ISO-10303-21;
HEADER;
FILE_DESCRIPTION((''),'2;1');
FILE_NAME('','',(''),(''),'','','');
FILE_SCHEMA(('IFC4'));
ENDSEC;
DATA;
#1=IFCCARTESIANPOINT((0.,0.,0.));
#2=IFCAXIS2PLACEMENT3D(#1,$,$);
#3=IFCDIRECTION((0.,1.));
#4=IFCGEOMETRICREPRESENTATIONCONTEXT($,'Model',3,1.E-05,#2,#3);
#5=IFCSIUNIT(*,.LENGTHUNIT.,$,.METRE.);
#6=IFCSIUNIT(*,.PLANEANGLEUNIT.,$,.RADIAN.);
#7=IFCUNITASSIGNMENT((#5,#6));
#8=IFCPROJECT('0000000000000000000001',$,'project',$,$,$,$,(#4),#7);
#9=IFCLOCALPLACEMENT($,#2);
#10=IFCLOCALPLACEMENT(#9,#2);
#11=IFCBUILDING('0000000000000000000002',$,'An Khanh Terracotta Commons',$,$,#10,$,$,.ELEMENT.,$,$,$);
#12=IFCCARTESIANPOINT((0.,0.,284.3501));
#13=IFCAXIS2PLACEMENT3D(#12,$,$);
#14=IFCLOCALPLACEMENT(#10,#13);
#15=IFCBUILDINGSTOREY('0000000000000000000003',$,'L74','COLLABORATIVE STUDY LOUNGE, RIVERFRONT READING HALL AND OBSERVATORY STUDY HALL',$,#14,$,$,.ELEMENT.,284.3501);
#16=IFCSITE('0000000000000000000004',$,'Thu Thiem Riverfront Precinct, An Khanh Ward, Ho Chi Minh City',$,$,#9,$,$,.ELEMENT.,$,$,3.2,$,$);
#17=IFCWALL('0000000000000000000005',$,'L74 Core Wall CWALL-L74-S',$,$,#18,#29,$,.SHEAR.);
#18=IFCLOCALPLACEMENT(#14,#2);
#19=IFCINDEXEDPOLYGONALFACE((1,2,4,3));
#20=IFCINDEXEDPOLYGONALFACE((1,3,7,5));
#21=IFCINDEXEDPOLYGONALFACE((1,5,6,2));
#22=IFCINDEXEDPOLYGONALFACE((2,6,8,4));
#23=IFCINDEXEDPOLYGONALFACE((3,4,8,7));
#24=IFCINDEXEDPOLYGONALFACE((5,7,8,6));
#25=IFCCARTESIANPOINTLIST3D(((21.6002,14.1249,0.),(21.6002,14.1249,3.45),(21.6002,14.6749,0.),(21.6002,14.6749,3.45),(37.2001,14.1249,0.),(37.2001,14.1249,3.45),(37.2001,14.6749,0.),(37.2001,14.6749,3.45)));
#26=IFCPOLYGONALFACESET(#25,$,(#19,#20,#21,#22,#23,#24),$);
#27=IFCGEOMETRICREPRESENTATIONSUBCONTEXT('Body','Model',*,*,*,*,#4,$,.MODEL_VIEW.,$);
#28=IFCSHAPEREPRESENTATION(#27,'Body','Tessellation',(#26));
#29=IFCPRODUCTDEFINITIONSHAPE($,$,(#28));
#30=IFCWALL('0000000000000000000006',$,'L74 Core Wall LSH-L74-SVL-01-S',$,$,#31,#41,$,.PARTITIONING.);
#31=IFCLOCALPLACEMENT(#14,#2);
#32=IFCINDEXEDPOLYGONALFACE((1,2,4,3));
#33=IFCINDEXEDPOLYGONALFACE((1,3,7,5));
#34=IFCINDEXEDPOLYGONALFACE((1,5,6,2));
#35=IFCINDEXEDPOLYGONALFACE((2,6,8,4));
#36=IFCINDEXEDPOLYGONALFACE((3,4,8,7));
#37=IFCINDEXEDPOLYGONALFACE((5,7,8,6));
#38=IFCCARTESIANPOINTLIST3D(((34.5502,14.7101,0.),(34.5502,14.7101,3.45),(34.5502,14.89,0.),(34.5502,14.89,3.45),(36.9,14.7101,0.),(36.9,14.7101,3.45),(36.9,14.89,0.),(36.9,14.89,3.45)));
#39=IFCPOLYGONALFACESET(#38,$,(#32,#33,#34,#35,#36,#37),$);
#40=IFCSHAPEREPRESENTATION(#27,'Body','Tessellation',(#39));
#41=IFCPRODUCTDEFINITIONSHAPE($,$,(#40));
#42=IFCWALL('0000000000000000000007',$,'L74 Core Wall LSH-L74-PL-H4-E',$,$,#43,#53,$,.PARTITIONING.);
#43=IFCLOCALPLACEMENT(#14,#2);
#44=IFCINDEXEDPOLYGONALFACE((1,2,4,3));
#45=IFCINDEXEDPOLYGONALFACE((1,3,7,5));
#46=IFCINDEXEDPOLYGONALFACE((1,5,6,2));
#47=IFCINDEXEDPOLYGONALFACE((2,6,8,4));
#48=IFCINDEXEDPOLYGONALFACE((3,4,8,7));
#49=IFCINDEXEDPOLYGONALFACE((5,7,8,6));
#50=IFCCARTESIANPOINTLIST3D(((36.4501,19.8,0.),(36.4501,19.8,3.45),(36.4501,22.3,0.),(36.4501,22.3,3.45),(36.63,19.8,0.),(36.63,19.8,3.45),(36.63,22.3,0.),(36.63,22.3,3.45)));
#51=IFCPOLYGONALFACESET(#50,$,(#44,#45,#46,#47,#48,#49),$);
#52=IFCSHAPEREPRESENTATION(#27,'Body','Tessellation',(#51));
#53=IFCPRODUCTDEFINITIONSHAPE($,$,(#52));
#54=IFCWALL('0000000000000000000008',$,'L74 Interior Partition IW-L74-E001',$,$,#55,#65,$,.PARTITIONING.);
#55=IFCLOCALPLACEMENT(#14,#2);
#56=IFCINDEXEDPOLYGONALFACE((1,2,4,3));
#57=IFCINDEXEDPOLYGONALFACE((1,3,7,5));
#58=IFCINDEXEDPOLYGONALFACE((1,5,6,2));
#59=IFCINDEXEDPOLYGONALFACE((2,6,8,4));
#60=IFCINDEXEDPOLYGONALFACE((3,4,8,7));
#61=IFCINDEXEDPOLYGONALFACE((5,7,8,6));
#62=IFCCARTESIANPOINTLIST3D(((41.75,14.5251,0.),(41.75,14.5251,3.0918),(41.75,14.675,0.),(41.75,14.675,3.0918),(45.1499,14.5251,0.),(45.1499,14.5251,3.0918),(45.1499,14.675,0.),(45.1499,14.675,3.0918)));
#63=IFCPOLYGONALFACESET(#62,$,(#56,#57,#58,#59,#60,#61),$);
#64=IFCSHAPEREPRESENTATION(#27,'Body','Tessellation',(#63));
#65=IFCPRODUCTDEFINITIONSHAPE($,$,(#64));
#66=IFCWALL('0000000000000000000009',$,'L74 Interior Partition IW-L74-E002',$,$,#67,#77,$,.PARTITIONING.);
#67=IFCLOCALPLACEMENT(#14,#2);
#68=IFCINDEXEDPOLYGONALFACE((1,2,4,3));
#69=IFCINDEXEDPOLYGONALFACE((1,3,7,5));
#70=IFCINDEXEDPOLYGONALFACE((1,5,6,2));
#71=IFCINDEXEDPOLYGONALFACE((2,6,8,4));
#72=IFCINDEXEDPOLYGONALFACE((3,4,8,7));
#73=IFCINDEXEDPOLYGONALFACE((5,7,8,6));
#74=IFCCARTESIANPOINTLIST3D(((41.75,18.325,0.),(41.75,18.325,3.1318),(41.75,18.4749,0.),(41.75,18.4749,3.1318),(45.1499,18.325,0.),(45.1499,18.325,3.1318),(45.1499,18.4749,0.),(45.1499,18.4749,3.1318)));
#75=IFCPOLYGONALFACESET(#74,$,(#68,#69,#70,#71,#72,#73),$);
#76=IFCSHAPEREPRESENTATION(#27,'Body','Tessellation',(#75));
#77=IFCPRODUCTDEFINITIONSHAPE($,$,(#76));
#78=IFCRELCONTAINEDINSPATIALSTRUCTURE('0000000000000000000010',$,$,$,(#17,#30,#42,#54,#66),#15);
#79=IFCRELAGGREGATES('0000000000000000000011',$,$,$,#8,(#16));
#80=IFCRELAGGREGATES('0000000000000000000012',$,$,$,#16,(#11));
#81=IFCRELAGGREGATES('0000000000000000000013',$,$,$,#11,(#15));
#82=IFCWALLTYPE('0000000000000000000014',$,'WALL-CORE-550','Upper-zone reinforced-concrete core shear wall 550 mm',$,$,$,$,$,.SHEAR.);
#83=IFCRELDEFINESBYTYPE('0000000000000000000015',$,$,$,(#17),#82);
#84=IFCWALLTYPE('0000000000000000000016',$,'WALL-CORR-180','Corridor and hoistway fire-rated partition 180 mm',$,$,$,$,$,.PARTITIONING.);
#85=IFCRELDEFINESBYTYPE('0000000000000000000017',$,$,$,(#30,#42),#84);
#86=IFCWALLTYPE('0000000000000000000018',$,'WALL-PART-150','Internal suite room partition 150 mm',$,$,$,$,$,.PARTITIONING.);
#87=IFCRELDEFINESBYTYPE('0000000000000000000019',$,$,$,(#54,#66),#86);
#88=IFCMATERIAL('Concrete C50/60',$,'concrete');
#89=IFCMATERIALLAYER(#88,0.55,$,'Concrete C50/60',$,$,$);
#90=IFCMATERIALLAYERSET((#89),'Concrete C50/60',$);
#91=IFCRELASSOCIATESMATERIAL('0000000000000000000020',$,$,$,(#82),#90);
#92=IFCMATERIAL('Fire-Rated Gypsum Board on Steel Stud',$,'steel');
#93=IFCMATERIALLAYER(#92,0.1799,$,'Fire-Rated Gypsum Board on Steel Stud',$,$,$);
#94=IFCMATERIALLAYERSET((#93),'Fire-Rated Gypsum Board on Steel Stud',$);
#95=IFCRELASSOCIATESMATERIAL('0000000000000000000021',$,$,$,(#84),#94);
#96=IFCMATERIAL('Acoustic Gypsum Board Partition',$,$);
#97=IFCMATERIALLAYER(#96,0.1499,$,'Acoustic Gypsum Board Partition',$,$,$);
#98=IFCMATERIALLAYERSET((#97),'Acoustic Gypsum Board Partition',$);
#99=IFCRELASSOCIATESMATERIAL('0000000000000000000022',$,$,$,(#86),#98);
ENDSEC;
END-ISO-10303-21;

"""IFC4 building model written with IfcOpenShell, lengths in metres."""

from ifc_helpers import new_model, si_unit, direction, frame, frame_2d, origin, place, context, subcontext, project, spatial, rectangle, extrude, material, layer, layer_set, type_object, element, save


model = new_model("IFC4")

# Units and contexts
model_context = context("Model", 3, precision=1e-05, world=origin(), true_north=direction((0.0, 1.0)))
body_context = subcontext(model_context, "Body", "Model", "MODEL_VIEW")
ifc_project = project(units=[si_unit("LENGTHUNIT", "METRE"), si_unit("PLANEANGLEUNIT", "RADIAN")], contexts=[model_context])

# Site, building, storey
site_placement = place(None, origin())
site = spatial("IfcSite", under=ifc_project, at=site_placement, Name="Thu Thiem Riverfront Precinct, An Khanh Ward, Ho Chi Minh City", CompositionType="ELEMENT", RefElevation=3.2)
building_placement = place(site_placement, origin())
building = spatial("IfcBuilding", under=site, at=building_placement, Name="An Khanh Terracotta Commons", CompositionType="ELEMENT")
storey_placement = place(building_placement, frame((0.0, 0.0, 284.3501)))
storey = spatial("IfcBuildingStorey", under=building, at=storey_placement, Name="L74", Description="COLLABORATIVE STUDY LOUNGE, RIVERFRONT READING HALL AND OBSERVATORY STUDY HALL", CompositionType="ELEMENT", Elevation=284.3501)

# Shared definitions
ifc_material_1 = material(Name="Concrete C50/60", Category="concrete")

# Wall
ifc_layer_1 = layer(ifc_material_1, 0.55, Name="Concrete C50/60")
ifc_layer_set_1 = layer_set([ifc_layer_1], Name="Concrete C50/60")
wall_type_1 = type_object("IfcWallType", Name="WALL-CORE-550", Description="Upper-zone reinforced-concrete core shear wall 550 mm", PredefinedType="SHEAR", material=ifc_layer_set_1)
wall_1_placement = place(storey_placement, frame((37.2, 14.3999, 0.0), z_axis=(0.0, 0.0, 1.0), x_axis=(-1.0, 0.0, 0.0)))
element("IfcWall", 1, at=wall_1_placement, inside=storey, type_object=wall_type_1, Name="L74 Core Wall CWALL-L74-S", PredefinedType="SHEAR", context=body_context, shape_type="SweptSolid", body=[
    extrude(rectangle(XDim=15.5999, YDim=0.55, at=frame_2d((7.7998, 0.0))), origin(), (0.0, 0.0, 1.0), 3.45),
])

# Walls
ifc_material_2 = material(Name="Fire-Rated Gypsum Board on Steel Stud", Category="steel")
ifc_layer_2 = layer(ifc_material_2, 0.1799, Name="Fire-Rated Gypsum Board on Steel Stud")
ifc_layer_set_2 = layer_set([ifc_layer_2], Name="Fire-Rated Gypsum Board on Steel Stud")
wall_type_2 = type_object("IfcWallType", Name="WALL-CORR-180", Description="Corridor and hoistway fire-rated partition 180 mm", PredefinedType="PARTITIONING", material=ifc_layer_set_2)
wall_2_placement = place(storey_placement, frame((36.8999, 14.8, 0.0), z_axis=(0.0, 0.0, 1.0), x_axis=(-1.0, 0.0, 0.0)))
element("IfcWall", 2, at=wall_2_placement, inside=storey, type_object=wall_type_2, Name="L74 Core Wall LSH-L74-SVL-01-S", PredefinedType="PARTITIONING", context=body_context, shape_type="SweptSolid", body=[
    extrude(rectangle(XDim=2.3499, YDim=0.1799, at=frame_2d((1.1748, 0.0))), origin(), (0.0, 0.0, 1.0), 3.45),
])
wall_3_placement = place(storey_placement, frame((36.54, 19.8, 0.0), z_axis=(0.0, 0.0, 1.0), x_axis=(0.0, 1.0, 0.0)))
element("IfcWall", 3, at=wall_3_placement, inside=storey, type_object=wall_type_2, Name="L74 Core Wall LSH-L74-PL-H4-E", PredefinedType="PARTITIONING", context=body_context, shape_type="SweptSolid", body=[
    extrude(rectangle(XDim=2.5, YDim=0.1799, at=frame_2d((1.25, 0.0))), origin(), (0.0, 0.0, 1.0), 3.45),
])
ifc_material_3 = material(Name="Acoustic Gypsum Board Partition")
ifc_layer_3 = layer(ifc_material_3, 0.1499, Name="Acoustic Gypsum Board Partition")
ifc_layer_set_3 = layer_set([ifc_layer_3], Name="Acoustic Gypsum Board Partition")
wall_type_3 = type_object("IfcWallType", Name="WALL-PART-150", Description="Internal suite room partition 150 mm", PredefinedType="PARTITIONING", material=ifc_layer_set_3)
wall_4_placement = place(storey_placement, frame((41.75, 14.6001, 0.0), z_axis=(0.0, 0.0, 1.0), x_axis=(1.0, 0.0, 0.0)))
element("IfcWall", 4, at=wall_4_placement, inside=storey, type_object=wall_type_3, Name="L74 Interior Partition IW-L74-E001", PredefinedType="PARTITIONING", context=body_context, shape_type="SweptSolid", body=[
    extrude(rectangle(XDim=3.3999, YDim=0.1499, at=frame_2d((1.7, 0.0))), origin(), (0.0, 0.0, 1.0), 3.0918),
])
wall_5_placement = place(storey_placement, frame((41.75, 18.3999, 0.0), z_axis=(0.0, 0.0, 1.0), x_axis=(1.0, 0.0, 0.0)))
element("IfcWall", 5, at=wall_5_placement, inside=storey, type_object=wall_type_3, Name="L74 Interior Partition IW-L74-E002", PredefinedType="PARTITIONING", context=body_context, shape_type="SweptSolid", body=[
    extrude(rectangle(XDim=3.3999, YDim=0.1499, at=frame_2d((1.7, 0.0))), origin(), (0.0, 0.0, 1.0), 3.1318),
])

save(model, "model.ifc")
